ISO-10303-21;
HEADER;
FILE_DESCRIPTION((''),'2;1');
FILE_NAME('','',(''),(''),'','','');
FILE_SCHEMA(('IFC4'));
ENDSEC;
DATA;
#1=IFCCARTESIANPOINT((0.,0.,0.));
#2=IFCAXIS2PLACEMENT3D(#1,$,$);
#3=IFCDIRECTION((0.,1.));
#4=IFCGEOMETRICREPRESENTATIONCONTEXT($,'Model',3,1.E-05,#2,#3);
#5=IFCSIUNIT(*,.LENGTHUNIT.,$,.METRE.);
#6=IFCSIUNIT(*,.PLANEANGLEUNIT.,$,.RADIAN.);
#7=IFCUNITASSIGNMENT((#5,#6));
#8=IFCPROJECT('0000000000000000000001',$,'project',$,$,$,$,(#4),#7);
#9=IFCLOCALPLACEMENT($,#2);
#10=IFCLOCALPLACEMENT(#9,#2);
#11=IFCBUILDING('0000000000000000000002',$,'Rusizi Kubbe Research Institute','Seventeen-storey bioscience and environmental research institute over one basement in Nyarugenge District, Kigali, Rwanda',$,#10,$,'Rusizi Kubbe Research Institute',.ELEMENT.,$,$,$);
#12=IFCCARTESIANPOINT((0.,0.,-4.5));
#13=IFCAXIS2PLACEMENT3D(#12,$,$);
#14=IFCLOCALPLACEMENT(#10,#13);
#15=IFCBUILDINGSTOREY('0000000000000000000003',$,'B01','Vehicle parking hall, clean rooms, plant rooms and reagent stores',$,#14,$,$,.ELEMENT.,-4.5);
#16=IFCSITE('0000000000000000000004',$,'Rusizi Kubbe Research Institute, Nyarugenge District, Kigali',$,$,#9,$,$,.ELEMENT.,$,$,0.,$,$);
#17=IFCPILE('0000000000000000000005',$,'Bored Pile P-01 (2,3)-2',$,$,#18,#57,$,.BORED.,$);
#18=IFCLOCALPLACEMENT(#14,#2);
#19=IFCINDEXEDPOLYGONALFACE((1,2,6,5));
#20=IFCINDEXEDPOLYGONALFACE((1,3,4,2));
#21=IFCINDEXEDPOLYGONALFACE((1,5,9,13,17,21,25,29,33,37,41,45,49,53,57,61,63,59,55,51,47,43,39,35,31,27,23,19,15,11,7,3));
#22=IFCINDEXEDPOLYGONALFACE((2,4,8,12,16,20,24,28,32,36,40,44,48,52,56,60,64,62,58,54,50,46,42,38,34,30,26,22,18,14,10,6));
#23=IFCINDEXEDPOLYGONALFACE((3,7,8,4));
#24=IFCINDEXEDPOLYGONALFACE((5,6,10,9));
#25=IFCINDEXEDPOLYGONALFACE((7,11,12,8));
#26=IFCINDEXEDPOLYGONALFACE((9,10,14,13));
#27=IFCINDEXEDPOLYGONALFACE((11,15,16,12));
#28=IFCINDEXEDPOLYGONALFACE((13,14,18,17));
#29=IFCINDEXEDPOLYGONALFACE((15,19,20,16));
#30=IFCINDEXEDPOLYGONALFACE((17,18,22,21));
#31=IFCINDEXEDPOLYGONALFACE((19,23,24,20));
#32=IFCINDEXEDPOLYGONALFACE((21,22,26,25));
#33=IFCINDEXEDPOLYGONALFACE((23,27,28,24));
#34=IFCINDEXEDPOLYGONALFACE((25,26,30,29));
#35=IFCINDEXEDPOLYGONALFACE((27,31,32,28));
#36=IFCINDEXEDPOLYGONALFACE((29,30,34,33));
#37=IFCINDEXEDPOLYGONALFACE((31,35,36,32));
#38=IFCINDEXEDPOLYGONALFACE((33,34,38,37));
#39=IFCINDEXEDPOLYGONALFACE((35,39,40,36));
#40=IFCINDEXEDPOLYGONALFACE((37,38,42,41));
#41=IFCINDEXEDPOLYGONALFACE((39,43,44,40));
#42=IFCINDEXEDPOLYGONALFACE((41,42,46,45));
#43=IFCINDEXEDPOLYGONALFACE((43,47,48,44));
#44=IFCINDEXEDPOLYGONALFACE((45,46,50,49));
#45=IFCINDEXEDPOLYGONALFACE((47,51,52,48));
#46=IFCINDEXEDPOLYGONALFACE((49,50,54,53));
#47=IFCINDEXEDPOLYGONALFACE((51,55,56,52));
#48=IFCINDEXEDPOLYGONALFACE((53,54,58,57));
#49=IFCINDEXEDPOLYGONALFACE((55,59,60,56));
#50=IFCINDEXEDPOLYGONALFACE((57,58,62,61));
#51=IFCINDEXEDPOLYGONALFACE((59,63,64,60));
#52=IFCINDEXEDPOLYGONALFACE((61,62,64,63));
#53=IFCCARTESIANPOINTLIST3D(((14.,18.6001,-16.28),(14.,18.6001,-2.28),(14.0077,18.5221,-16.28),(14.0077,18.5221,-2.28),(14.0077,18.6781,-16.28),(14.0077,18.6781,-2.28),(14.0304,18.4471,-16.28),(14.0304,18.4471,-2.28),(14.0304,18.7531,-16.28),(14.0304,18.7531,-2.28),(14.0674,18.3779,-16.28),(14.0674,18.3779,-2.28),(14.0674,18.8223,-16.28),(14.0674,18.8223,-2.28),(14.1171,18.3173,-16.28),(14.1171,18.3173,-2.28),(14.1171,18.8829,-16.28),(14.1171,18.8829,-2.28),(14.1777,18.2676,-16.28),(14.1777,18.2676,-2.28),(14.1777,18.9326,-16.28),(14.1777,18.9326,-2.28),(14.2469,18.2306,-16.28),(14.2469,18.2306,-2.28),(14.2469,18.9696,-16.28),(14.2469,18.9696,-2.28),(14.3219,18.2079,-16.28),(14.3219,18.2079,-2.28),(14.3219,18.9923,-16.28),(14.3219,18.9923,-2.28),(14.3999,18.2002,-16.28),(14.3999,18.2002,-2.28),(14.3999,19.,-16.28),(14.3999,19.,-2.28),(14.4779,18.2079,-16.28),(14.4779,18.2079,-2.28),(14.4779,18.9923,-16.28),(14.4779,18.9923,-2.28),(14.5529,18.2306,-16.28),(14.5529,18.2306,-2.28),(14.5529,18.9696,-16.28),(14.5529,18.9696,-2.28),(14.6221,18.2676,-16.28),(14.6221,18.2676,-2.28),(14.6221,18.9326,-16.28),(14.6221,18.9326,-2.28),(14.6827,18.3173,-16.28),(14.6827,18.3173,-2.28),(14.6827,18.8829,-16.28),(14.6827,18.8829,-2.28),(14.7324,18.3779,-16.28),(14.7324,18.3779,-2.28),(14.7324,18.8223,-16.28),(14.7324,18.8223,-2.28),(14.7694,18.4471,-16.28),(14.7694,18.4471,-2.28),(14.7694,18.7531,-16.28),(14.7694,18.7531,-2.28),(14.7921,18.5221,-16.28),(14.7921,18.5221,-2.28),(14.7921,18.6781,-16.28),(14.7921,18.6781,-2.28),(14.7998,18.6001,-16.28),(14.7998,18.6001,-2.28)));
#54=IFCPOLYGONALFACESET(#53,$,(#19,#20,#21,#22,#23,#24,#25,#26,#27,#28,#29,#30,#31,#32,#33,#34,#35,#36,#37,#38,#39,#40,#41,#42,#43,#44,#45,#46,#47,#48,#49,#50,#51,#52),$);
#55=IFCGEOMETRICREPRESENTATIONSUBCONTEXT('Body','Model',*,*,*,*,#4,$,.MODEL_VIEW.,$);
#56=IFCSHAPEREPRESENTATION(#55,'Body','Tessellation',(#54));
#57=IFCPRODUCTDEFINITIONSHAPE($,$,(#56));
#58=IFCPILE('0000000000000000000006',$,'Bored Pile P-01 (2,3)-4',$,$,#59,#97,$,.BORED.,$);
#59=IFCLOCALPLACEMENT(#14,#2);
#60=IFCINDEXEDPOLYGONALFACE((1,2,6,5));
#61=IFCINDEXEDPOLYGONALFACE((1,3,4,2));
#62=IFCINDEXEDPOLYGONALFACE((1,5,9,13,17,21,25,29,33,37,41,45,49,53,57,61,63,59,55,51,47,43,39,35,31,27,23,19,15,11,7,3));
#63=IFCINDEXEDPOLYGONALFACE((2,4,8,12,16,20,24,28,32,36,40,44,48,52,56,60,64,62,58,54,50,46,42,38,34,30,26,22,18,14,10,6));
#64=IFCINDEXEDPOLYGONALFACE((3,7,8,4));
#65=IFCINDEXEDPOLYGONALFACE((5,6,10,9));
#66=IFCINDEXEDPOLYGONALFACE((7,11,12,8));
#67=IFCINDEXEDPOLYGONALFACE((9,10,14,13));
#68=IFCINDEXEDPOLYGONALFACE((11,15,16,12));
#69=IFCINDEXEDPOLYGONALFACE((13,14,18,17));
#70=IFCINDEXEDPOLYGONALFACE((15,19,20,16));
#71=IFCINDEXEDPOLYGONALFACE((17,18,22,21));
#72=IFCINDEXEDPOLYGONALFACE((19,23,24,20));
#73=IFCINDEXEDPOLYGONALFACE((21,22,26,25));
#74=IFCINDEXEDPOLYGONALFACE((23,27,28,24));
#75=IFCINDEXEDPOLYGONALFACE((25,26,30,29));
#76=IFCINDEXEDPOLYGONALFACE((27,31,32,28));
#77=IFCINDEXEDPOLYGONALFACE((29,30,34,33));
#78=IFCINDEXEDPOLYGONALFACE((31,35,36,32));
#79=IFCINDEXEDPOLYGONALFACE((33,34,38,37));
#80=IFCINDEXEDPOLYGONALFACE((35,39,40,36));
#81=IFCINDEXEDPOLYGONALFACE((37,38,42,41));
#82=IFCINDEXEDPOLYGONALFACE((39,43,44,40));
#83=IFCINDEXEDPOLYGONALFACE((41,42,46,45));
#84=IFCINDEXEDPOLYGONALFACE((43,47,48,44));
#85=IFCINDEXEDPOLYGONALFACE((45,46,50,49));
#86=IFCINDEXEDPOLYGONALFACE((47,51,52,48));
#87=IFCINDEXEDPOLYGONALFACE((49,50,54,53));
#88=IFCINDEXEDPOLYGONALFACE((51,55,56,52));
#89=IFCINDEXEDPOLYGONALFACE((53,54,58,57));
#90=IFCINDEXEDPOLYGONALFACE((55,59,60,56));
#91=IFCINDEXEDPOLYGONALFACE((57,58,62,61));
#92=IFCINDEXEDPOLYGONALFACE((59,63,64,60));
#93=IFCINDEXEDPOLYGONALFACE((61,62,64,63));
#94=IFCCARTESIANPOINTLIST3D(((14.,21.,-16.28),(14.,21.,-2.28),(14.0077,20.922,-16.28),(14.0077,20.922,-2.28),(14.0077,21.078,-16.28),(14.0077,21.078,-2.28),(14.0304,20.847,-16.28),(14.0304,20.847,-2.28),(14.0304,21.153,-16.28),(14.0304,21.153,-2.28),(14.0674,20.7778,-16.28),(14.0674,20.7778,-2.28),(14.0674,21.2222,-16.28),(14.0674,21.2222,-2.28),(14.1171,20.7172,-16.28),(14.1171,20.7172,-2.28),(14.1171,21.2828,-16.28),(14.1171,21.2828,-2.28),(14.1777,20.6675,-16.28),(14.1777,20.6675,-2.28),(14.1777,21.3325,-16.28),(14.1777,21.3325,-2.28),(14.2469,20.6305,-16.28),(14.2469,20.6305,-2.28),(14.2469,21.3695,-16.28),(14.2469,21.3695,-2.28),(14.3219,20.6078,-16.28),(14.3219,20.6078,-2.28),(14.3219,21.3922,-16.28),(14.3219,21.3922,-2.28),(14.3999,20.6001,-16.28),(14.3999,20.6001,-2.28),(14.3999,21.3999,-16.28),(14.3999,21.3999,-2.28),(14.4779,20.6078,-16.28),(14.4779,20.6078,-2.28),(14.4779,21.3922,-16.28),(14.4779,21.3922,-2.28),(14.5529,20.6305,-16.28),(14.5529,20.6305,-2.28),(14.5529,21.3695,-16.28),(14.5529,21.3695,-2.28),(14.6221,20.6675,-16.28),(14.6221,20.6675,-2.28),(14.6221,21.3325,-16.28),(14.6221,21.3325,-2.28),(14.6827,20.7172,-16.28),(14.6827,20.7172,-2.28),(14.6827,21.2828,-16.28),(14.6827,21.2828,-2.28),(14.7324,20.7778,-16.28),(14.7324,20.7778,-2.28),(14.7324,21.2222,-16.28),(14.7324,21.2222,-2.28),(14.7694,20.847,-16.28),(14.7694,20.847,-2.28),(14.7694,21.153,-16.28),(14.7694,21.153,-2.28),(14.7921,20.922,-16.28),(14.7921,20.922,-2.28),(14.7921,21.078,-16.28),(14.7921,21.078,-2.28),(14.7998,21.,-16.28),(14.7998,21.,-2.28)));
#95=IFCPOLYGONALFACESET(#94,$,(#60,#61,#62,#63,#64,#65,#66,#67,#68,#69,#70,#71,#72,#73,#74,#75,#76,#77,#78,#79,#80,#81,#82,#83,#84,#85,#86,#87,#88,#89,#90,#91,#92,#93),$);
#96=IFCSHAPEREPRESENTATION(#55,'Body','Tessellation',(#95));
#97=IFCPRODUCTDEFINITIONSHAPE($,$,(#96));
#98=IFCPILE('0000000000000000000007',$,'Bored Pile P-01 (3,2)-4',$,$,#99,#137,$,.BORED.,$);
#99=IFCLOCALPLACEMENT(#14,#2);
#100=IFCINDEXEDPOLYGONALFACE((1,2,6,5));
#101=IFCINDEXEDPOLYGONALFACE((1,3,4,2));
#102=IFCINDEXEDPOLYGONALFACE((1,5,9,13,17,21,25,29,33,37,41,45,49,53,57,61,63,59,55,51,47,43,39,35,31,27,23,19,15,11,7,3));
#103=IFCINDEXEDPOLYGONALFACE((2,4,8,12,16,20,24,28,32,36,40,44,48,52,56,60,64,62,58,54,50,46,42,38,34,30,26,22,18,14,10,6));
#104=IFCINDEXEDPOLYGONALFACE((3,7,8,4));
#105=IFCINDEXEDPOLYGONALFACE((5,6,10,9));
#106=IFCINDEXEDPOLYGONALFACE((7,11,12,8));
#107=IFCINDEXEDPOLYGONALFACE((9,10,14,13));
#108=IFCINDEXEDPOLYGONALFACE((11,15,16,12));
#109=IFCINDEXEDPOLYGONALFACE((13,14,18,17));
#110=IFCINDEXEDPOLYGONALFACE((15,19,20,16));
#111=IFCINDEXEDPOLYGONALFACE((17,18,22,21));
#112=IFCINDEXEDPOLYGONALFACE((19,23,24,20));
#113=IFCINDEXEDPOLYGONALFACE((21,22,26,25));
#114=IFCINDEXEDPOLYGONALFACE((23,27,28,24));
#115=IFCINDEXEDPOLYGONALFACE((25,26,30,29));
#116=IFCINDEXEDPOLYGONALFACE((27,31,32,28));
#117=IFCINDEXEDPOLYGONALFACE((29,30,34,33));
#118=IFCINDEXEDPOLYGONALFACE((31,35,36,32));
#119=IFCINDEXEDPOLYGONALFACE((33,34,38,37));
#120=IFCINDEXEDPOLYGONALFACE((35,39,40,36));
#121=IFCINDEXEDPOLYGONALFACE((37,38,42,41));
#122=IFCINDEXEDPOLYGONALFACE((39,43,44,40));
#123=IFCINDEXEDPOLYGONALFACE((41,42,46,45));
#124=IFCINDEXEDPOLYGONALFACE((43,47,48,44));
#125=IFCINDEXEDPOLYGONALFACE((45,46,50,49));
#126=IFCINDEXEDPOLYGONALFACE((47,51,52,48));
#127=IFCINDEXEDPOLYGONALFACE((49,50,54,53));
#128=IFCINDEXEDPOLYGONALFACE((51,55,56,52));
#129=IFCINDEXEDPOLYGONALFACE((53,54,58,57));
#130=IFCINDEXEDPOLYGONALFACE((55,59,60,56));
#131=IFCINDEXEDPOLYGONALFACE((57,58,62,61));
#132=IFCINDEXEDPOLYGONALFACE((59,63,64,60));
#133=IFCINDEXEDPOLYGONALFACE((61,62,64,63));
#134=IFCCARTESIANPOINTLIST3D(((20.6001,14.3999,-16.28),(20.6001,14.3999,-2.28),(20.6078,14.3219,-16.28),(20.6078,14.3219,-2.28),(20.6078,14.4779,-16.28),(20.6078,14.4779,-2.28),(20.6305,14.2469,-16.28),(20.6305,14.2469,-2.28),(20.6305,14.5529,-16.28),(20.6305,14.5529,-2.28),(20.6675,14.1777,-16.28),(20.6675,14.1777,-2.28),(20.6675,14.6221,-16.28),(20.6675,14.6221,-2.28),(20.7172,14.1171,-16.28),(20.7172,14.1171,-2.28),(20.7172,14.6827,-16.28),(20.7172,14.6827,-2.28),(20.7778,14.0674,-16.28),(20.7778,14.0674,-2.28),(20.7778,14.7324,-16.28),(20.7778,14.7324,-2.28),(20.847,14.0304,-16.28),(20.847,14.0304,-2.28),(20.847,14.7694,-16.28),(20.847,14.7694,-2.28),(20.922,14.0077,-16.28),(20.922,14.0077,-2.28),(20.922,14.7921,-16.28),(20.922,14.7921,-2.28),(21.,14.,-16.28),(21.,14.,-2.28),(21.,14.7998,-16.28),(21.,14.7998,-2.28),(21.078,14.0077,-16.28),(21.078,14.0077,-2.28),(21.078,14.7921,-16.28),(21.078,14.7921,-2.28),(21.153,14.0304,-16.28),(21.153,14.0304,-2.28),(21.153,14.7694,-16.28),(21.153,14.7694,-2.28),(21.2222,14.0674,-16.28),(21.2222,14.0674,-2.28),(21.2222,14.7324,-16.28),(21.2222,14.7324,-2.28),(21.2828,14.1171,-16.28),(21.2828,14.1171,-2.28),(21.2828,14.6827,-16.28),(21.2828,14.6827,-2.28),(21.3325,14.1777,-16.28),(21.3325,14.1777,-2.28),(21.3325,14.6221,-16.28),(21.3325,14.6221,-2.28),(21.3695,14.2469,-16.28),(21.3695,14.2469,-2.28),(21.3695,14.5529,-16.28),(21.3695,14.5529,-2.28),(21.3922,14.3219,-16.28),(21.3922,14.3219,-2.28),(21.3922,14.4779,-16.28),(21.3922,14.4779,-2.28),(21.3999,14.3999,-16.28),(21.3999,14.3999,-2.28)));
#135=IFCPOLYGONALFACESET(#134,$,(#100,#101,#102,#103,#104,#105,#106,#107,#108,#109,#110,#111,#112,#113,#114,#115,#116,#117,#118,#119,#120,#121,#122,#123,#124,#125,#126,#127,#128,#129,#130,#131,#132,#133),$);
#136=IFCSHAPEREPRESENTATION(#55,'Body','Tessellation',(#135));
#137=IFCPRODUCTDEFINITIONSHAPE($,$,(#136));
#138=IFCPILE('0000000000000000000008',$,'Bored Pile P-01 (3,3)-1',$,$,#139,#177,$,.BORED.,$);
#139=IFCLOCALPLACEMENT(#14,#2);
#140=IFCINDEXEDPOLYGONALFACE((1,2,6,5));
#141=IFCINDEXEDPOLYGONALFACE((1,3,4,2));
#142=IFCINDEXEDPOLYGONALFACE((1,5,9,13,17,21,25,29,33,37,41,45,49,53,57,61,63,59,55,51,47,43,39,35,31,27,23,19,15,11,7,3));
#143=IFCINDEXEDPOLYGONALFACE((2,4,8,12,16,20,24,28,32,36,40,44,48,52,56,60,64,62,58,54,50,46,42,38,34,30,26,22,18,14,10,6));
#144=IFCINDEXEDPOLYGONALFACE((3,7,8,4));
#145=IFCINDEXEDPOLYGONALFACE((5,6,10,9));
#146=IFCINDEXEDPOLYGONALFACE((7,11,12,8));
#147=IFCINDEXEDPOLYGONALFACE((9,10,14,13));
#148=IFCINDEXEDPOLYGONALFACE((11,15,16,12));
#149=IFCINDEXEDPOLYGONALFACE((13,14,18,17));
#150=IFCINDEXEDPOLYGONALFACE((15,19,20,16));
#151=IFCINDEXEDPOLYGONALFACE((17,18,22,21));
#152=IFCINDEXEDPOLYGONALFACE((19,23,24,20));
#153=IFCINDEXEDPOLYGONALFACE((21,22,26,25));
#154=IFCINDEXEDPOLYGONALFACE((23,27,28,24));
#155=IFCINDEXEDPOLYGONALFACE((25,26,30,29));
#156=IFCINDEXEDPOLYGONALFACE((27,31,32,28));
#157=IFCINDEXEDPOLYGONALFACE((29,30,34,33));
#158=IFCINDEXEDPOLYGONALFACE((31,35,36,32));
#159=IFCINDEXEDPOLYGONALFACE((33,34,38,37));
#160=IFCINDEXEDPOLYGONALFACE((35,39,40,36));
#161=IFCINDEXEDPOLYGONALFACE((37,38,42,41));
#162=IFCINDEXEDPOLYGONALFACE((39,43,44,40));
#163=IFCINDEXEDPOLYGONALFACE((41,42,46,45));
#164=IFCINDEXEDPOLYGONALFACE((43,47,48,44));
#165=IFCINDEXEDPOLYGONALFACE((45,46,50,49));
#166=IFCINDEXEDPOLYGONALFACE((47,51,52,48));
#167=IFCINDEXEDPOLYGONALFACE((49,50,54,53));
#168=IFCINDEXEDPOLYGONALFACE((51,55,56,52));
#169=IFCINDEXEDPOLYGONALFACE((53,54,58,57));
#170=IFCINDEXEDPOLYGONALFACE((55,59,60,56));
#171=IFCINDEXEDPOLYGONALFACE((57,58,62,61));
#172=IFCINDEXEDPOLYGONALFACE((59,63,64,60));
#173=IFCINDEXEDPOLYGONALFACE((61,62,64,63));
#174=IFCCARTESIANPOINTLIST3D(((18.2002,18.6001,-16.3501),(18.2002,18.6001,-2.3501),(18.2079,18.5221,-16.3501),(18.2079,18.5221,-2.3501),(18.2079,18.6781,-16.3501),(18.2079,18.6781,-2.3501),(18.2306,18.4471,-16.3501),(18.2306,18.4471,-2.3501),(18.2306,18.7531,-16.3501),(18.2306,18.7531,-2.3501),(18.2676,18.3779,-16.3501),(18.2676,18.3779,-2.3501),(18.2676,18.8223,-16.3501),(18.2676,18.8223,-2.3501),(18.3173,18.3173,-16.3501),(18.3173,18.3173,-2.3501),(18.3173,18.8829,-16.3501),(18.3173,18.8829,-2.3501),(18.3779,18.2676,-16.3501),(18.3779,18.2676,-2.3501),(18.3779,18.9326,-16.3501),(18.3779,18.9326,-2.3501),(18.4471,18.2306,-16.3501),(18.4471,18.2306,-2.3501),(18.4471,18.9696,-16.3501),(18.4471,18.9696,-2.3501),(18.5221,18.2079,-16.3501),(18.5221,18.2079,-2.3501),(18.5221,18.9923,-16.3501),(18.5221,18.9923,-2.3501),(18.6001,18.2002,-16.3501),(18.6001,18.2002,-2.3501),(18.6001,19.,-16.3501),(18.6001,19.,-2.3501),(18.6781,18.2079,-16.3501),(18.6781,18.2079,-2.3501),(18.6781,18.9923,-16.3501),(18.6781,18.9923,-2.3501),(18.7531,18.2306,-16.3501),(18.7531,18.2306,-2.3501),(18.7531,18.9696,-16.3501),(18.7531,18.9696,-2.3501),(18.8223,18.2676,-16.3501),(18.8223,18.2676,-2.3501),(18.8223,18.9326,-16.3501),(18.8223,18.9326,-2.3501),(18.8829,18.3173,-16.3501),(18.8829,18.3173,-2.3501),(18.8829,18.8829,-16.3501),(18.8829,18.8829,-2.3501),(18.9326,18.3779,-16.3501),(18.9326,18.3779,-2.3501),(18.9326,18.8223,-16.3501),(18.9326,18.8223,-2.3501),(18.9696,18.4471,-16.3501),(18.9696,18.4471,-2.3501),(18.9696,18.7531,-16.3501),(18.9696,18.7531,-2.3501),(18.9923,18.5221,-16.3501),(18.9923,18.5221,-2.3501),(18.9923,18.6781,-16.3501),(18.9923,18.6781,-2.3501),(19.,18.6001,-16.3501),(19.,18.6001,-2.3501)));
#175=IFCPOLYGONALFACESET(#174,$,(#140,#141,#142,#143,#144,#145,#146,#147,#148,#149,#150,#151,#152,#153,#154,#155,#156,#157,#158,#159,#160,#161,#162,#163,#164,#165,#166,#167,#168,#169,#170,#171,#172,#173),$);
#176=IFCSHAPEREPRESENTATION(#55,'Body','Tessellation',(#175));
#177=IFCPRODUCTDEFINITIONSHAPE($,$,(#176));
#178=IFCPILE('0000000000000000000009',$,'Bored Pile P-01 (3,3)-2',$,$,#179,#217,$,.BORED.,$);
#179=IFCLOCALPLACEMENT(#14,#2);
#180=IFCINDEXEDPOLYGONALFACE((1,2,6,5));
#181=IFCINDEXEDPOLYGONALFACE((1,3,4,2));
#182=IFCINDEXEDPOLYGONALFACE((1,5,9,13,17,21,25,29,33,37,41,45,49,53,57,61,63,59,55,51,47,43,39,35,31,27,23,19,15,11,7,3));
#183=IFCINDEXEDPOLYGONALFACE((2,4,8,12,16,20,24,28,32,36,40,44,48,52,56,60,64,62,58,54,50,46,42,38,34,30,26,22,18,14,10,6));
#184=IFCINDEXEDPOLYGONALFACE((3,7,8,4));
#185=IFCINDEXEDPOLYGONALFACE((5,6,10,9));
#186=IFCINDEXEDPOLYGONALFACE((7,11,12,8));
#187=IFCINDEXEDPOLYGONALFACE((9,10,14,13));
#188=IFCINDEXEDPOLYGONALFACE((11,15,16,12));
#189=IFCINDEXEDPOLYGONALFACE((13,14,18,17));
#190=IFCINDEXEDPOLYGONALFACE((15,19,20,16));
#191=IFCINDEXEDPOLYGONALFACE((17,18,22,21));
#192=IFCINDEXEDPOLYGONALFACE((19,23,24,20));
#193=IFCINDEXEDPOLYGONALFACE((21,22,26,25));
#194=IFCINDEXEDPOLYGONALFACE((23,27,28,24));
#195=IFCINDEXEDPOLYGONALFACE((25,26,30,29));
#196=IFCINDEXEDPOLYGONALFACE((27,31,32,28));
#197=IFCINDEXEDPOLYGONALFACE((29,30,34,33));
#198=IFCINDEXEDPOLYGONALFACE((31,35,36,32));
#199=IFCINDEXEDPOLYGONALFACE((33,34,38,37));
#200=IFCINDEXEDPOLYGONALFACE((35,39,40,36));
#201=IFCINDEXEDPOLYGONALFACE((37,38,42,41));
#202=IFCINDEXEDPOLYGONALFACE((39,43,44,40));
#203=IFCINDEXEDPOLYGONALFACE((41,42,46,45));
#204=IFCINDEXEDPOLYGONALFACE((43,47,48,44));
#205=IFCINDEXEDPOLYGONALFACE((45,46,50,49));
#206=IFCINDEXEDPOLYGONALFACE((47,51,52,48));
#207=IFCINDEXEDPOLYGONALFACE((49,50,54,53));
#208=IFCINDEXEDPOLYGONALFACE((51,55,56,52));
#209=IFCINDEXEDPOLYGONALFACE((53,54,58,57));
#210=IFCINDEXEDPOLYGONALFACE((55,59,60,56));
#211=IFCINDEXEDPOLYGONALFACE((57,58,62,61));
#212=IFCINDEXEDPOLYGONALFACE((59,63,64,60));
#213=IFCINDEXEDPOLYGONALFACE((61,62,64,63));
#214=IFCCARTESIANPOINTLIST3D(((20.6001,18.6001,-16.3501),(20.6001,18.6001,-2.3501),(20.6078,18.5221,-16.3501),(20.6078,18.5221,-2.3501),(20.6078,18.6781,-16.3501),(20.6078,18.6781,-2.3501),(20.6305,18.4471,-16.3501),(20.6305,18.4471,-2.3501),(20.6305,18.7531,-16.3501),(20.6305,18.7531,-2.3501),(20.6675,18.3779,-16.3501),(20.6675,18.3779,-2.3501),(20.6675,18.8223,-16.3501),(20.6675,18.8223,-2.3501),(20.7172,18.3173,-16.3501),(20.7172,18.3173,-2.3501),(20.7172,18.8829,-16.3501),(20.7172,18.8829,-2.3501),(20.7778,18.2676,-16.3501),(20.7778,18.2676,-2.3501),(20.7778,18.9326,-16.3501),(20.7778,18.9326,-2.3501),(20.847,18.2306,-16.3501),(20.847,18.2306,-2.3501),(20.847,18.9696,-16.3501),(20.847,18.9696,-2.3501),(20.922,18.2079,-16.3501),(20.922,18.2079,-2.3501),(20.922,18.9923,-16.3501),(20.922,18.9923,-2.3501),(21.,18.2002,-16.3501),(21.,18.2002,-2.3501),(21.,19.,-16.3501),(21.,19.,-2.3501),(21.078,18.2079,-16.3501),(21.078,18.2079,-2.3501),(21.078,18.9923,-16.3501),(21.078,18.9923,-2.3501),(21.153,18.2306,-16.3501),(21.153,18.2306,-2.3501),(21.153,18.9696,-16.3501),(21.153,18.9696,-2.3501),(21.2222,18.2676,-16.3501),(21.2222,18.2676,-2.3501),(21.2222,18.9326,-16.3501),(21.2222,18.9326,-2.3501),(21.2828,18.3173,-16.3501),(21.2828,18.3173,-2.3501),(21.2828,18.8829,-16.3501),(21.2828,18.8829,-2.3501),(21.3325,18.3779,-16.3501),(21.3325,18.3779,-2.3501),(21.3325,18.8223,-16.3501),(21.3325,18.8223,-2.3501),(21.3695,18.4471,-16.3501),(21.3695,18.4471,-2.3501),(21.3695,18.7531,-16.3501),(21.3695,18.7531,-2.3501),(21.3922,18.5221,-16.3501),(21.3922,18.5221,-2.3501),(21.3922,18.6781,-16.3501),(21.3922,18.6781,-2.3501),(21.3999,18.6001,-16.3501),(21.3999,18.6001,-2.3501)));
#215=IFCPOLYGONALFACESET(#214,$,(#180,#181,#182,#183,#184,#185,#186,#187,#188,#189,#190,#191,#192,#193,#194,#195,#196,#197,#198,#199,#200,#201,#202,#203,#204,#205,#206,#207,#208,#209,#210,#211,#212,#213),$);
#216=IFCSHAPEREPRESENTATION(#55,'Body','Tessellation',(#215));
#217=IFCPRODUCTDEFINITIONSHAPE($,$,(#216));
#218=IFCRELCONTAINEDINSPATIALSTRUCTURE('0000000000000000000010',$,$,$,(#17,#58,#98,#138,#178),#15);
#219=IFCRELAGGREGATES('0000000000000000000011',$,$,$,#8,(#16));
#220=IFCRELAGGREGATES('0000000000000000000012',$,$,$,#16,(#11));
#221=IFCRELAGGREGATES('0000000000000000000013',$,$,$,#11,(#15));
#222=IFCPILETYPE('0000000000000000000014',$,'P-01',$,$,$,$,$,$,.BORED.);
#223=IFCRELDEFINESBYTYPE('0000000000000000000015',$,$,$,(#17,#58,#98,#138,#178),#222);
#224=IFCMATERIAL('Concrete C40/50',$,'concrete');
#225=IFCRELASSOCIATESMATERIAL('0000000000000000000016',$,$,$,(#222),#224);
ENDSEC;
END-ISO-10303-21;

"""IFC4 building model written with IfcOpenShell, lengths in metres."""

from ifc_helpers import new_model, si_unit, direction, frame, origin, origin_2d, place, context, subcontext, project, spatial, circle, extrude, material, material_profile, profile_set, type_object, element, save


model = new_model("IFC4")

# Units and contexts
model_context = context("Model", 3, precision=1e-05, world=origin(), true_north=direction((0.0, 1.0)))
body_context = subcontext(model_context, "Body", "Model", "MODEL_VIEW")
ifc_project = project(units=[si_unit("LENGTHUNIT", "METRE"), si_unit("PLANEANGLEUNIT", "RADIAN")], contexts=[model_context])

# Site, building, storey
site_placement = place(None, origin())
site = spatial("IfcSite", under=ifc_project, at=site_placement, Name="Rusizi Kubbe Research Institute, Nyarugenge District, Kigali", CompositionType="ELEMENT", RefElevation=0.0)
building_placement = place(site_placement, origin())
building = spatial("IfcBuilding", under=site, at=building_placement, Name="Rusizi Kubbe Research Institute", Description="Seventeen-storey bioscience and environmental research institute over one basement in Nyarugenge District, Kigali, Rwanda", LongName="Rusizi Kubbe Research Institute", CompositionType="ELEMENT")
storey_placement = place(building_placement, frame((0.0, 0.0, -4.5)))
storey = spatial("IfcBuildingStorey", under=building, at=storey_placement, Name="B01", Description="Vehicle parking hall, clean rooms, plant rooms and reagent stores", CompositionType="ELEMENT", Elevation=-4.5)

# Piles
ifc_material_1 = material(Name="Concrete C40/50", Category="concrete")
ifc_material_profile_1 = material_profile(ifc_material_1, circle(Radius=0.3999, at=origin_2d()), Name="PILE-D800")
ifc_profile_set_1 = profile_set([ifc_material_profile_1], Name="Concrete C40/50")
pile_type_1 = type_object("IfcPileType", Name="P-01", PredefinedType="BORED", material=ifc_profile_set_1)
for number, where, z_axis, x_axis, name in (
    (1, (14.3999, 18.6001, -2.28), (0.0, 0.0, -1.0), (1.0, 0.0, 0.0), "Bored Pile P-01 (2,3)-2"),
    (2, (14.3999, 21.0, -2.28), (0.0, 0.0, -1.0), (1.0, 0.0, 0.0), "Bored Pile P-01 (2,3)-4"),
    (3, (21.0, 14.3999, -2.28), (0.0, 0.0, -1.0), (1.0, 0.0, 0.0), "Bored Pile P-01 (3,2)-4"),
    (4, (18.6001, 18.6001, -2.3501), (0.0, 0.0, -1.0), (1.0, 0.0, 0.0), "Bored Pile P-01 (3,3)-1"),
    (5, (21.0, 18.6001, -2.3501), (0.0, 0.0, -1.0), (1.0, 0.0, 0.0), "Bored Pile P-01 (3,3)-2"),
):
    element("IfcPile", number, at=place(storey_placement, frame(where, z_axis=z_axis, x_axis=x_axis)), inside=storey, type_object=pile_type_1, Name=name, PredefinedType="BORED", context=body_context, shape_type="SweptSolid", body=[
        extrude(circle(Radius=0.3999, at=origin_2d()), origin(), (0.0, 0.0, 1.0), 14.0),
    ])

save(model, "model.ifc")
